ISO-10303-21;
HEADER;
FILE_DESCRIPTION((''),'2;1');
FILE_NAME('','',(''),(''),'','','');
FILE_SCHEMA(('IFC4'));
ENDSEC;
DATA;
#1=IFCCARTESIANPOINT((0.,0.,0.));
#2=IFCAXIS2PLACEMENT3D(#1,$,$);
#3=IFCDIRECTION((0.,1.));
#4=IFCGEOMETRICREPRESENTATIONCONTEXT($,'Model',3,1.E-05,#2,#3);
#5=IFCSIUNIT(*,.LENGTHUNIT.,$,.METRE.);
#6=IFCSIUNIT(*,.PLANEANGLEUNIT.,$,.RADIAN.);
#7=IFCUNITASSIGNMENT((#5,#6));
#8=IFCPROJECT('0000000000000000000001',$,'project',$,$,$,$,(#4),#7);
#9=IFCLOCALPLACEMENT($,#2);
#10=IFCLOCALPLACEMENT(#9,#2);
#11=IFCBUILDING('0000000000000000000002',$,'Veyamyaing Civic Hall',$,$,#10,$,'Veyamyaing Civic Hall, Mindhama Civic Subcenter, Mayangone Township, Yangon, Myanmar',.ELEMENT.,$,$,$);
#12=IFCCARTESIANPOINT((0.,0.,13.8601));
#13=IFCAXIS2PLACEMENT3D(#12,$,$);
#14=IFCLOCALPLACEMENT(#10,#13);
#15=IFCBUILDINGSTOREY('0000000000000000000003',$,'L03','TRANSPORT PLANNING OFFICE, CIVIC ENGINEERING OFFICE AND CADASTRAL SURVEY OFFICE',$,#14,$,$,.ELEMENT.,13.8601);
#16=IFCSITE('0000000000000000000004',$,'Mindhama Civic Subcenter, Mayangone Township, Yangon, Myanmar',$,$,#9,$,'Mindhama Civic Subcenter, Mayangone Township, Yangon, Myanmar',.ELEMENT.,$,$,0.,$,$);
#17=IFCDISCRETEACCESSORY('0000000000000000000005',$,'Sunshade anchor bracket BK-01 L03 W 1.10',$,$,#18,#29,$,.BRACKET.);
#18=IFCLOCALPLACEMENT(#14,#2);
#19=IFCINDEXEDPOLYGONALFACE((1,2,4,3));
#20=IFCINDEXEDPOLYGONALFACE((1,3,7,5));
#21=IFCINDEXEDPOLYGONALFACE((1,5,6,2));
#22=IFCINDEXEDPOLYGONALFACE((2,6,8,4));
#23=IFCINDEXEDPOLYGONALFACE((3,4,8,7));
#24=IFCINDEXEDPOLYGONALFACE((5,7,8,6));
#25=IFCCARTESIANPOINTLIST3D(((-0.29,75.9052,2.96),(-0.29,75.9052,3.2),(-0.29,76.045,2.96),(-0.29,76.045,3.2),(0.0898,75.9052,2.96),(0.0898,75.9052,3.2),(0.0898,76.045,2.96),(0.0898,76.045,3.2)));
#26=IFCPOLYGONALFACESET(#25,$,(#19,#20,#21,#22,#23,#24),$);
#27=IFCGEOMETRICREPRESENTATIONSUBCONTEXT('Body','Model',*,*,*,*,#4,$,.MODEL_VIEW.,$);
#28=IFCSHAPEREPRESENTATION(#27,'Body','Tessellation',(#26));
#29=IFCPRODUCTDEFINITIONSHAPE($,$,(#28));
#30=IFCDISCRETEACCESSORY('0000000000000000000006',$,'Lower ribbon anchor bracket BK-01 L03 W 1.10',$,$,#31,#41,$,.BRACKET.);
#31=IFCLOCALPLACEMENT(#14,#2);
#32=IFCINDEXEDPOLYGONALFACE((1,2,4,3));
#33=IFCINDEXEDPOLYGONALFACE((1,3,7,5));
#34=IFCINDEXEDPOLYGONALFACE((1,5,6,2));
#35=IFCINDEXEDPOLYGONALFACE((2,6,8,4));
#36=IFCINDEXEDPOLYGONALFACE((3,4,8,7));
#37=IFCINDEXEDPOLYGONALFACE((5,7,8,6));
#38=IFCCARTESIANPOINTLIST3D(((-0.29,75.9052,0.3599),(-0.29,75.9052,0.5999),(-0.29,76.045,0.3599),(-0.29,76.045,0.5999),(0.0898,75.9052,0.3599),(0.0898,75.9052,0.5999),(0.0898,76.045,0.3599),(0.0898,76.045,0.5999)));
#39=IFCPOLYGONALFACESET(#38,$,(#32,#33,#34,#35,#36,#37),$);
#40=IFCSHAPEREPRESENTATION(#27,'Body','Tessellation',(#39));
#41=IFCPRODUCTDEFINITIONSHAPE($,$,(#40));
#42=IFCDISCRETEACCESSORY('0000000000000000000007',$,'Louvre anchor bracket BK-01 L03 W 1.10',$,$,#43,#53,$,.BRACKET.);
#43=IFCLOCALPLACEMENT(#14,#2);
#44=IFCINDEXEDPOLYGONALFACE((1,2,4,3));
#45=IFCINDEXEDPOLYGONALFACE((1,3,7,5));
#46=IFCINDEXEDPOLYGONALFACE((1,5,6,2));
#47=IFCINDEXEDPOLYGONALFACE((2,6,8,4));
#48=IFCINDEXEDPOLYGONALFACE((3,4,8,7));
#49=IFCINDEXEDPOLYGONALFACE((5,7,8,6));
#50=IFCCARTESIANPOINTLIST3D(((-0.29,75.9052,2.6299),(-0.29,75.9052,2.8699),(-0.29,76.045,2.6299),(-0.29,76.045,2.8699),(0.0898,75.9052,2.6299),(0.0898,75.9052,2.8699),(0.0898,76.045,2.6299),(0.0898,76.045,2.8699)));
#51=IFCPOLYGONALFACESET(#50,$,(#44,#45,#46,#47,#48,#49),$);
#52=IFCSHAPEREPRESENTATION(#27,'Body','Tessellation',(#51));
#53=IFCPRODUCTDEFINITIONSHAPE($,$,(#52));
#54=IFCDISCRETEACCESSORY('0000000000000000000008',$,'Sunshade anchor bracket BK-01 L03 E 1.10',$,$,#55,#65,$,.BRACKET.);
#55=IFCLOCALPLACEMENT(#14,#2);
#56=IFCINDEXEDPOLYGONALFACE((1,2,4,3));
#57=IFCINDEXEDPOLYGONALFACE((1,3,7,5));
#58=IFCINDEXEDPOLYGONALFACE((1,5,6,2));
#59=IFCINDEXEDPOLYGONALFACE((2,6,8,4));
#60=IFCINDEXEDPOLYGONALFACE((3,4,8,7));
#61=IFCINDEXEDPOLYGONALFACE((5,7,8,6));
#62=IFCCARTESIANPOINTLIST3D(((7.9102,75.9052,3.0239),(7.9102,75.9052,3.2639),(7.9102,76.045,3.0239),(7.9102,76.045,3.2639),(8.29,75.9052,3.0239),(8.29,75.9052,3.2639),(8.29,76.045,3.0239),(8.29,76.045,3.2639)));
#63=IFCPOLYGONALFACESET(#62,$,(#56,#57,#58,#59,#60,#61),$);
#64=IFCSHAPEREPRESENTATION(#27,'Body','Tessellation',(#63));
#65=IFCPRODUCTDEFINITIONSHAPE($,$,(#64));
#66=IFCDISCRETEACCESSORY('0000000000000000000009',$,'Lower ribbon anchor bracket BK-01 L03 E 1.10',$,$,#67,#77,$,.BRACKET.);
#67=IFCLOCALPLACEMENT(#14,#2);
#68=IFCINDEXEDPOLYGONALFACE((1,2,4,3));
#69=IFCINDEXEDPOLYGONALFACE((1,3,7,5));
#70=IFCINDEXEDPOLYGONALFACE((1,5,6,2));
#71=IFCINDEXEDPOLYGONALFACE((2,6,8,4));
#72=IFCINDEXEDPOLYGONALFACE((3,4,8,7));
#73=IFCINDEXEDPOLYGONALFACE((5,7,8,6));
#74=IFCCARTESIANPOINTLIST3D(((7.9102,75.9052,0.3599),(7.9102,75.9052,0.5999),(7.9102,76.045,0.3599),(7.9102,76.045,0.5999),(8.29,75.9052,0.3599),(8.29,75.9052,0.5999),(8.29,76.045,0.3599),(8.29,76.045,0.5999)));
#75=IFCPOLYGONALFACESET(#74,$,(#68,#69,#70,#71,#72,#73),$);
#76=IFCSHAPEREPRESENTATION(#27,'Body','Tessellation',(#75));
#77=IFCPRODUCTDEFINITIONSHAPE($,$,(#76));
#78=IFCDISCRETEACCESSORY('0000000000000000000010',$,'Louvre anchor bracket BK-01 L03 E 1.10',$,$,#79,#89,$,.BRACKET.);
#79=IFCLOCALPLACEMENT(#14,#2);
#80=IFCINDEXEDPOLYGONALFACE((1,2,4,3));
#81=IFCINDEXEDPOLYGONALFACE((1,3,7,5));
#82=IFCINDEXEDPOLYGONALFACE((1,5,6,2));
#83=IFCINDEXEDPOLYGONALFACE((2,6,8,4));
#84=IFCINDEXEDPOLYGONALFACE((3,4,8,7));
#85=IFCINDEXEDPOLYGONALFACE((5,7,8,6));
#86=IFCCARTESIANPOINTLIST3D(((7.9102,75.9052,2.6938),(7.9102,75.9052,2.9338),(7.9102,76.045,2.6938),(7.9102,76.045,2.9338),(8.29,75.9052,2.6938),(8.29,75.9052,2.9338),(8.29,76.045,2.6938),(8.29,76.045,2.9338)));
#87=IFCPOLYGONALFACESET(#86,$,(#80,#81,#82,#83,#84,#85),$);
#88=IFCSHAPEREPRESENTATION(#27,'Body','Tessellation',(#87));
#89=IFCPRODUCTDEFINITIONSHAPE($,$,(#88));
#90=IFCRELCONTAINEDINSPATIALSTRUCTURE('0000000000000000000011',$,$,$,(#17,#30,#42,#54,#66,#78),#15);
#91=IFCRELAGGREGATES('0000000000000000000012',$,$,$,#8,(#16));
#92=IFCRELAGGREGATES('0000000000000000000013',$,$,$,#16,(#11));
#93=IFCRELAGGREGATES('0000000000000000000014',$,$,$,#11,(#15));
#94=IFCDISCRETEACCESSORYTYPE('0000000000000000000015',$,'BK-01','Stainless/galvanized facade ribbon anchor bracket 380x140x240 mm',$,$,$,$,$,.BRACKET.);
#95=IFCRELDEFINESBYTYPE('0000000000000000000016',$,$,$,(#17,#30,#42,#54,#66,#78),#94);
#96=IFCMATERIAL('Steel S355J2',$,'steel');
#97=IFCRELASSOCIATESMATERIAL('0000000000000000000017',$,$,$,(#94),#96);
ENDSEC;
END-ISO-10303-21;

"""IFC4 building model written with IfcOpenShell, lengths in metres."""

from ifc_helpers import new_model, si_unit, direction, frame, origin, origin_2d, place, context, subcontext, project, spatial, rectangle, extrude, material, type_object, element, save


model = new_model("IFC4")

# Units and contexts
model_context = context("Model", 3, precision=1e-05, world=origin(), true_north=direction((0.0, 1.0)))
body_context = subcontext(model_context, "Body", "Model", "MODEL_VIEW")
ifc_project = project(units=[si_unit("LENGTHUNIT", "METRE"), si_unit("PLANEANGLEUNIT", "RADIAN")], contexts=[model_context])

# Site, building, storey
site_placement = place(None, origin())
site = spatial("IfcSite", under=ifc_project, at=site_placement, Name="Mindhama Civic Subcenter, Mayangone Township, Yangon, Myanmar", LongName="Mindhama Civic Subcenter, Mayangone Township, Yangon, Myanmar", CompositionType="ELEMENT", RefElevation=0.0)
building_placement = place(site_placement, origin())
building = spatial("IfcBuilding", under=site, at=building_placement, Name="Veyamyaing Civic Hall", LongName="Veyamyaing Civic Hall, Mindhama Civic Subcenter, Mayangone Township, Yangon, Myanmar", CompositionType="ELEMENT")
storey_placement = place(building_placement, frame((0.0, 0.0, 13.8601)))
storey = spatial("IfcBuildingStorey", under=building, at=storey_placement, Name="L03", Description="TRANSPORT PLANNING OFFICE, CIVIC ENGINEERING OFFICE AND CADASTRAL SURVEY OFFICE", CompositionType="ELEMENT", Elevation=13.8601)

# Discrete accessories
ifc_material_1 = material(Name="Steel S355J2", Category="steel")
discrete_accessory_type = type_object("IfcDiscreteAccessoryType", Name="BK-01", Description="Stainless/galvanized facade ribbon anchor bracket 380x140x240 mm", PredefinedType="BRACKET", material=ifc_material_1)
for number, where, z_axis, x_axis, name in (
    (1, (-0.1001, 75.9751, 2.96), (0.0, 0.0, 1.0), (-1.0, 0.0, 0.0), "Sunshade anchor bracket BK-01 L03 W 1.10"),
    (2, (-0.1001, 75.9751, 0.3599), (0.0, 0.0, 1.0), (-1.0, 0.0, 0.0), "Lower ribbon anchor bracket BK-01 L03 W 1.10"),
    (3, (-0.1001, 75.9751, 2.6299), (0.0, 0.0, 1.0), (-1.0, 0.0, 0.0), "Louvre anchor bracket BK-01 L03 W 1.10"),
    (4, (8.1001, 75.9751, 3.0239), (0.0, 0.0, 1.0), (1.0, 0.0, 0.0), "Sunshade anchor bracket BK-01 L03 E 1.10"),
    (5, (8.1001, 75.9751, 0.3599), (0.0, 0.0, 1.0), (1.0, 0.0, 0.0), "Lower ribbon anchor bracket BK-01 L03 E 1.10"),
    (6, (8.1001, 75.9751, 2.6938), (0.0, 0.0, 1.0), (1.0, 0.0, 0.0), "Louvre anchor bracket BK-01 L03 E 1.10"),
):
    element("IfcDiscreteAccessory", number, at=place(storey_placement, frame(where, z_axis=z_axis, x_axis=x_axis)), inside=storey, type_object=discrete_accessory_type, Name=name, PredefinedType="BRACKET", context=body_context, shape_type="SweptSolid", body=[
        extrude(rectangle(XDim=0.3799, YDim=0.1399, at=origin_2d()), origin(), (0.0, 0.0, 1.0), 0.24),
    ])

save(model, "model.ifc")
